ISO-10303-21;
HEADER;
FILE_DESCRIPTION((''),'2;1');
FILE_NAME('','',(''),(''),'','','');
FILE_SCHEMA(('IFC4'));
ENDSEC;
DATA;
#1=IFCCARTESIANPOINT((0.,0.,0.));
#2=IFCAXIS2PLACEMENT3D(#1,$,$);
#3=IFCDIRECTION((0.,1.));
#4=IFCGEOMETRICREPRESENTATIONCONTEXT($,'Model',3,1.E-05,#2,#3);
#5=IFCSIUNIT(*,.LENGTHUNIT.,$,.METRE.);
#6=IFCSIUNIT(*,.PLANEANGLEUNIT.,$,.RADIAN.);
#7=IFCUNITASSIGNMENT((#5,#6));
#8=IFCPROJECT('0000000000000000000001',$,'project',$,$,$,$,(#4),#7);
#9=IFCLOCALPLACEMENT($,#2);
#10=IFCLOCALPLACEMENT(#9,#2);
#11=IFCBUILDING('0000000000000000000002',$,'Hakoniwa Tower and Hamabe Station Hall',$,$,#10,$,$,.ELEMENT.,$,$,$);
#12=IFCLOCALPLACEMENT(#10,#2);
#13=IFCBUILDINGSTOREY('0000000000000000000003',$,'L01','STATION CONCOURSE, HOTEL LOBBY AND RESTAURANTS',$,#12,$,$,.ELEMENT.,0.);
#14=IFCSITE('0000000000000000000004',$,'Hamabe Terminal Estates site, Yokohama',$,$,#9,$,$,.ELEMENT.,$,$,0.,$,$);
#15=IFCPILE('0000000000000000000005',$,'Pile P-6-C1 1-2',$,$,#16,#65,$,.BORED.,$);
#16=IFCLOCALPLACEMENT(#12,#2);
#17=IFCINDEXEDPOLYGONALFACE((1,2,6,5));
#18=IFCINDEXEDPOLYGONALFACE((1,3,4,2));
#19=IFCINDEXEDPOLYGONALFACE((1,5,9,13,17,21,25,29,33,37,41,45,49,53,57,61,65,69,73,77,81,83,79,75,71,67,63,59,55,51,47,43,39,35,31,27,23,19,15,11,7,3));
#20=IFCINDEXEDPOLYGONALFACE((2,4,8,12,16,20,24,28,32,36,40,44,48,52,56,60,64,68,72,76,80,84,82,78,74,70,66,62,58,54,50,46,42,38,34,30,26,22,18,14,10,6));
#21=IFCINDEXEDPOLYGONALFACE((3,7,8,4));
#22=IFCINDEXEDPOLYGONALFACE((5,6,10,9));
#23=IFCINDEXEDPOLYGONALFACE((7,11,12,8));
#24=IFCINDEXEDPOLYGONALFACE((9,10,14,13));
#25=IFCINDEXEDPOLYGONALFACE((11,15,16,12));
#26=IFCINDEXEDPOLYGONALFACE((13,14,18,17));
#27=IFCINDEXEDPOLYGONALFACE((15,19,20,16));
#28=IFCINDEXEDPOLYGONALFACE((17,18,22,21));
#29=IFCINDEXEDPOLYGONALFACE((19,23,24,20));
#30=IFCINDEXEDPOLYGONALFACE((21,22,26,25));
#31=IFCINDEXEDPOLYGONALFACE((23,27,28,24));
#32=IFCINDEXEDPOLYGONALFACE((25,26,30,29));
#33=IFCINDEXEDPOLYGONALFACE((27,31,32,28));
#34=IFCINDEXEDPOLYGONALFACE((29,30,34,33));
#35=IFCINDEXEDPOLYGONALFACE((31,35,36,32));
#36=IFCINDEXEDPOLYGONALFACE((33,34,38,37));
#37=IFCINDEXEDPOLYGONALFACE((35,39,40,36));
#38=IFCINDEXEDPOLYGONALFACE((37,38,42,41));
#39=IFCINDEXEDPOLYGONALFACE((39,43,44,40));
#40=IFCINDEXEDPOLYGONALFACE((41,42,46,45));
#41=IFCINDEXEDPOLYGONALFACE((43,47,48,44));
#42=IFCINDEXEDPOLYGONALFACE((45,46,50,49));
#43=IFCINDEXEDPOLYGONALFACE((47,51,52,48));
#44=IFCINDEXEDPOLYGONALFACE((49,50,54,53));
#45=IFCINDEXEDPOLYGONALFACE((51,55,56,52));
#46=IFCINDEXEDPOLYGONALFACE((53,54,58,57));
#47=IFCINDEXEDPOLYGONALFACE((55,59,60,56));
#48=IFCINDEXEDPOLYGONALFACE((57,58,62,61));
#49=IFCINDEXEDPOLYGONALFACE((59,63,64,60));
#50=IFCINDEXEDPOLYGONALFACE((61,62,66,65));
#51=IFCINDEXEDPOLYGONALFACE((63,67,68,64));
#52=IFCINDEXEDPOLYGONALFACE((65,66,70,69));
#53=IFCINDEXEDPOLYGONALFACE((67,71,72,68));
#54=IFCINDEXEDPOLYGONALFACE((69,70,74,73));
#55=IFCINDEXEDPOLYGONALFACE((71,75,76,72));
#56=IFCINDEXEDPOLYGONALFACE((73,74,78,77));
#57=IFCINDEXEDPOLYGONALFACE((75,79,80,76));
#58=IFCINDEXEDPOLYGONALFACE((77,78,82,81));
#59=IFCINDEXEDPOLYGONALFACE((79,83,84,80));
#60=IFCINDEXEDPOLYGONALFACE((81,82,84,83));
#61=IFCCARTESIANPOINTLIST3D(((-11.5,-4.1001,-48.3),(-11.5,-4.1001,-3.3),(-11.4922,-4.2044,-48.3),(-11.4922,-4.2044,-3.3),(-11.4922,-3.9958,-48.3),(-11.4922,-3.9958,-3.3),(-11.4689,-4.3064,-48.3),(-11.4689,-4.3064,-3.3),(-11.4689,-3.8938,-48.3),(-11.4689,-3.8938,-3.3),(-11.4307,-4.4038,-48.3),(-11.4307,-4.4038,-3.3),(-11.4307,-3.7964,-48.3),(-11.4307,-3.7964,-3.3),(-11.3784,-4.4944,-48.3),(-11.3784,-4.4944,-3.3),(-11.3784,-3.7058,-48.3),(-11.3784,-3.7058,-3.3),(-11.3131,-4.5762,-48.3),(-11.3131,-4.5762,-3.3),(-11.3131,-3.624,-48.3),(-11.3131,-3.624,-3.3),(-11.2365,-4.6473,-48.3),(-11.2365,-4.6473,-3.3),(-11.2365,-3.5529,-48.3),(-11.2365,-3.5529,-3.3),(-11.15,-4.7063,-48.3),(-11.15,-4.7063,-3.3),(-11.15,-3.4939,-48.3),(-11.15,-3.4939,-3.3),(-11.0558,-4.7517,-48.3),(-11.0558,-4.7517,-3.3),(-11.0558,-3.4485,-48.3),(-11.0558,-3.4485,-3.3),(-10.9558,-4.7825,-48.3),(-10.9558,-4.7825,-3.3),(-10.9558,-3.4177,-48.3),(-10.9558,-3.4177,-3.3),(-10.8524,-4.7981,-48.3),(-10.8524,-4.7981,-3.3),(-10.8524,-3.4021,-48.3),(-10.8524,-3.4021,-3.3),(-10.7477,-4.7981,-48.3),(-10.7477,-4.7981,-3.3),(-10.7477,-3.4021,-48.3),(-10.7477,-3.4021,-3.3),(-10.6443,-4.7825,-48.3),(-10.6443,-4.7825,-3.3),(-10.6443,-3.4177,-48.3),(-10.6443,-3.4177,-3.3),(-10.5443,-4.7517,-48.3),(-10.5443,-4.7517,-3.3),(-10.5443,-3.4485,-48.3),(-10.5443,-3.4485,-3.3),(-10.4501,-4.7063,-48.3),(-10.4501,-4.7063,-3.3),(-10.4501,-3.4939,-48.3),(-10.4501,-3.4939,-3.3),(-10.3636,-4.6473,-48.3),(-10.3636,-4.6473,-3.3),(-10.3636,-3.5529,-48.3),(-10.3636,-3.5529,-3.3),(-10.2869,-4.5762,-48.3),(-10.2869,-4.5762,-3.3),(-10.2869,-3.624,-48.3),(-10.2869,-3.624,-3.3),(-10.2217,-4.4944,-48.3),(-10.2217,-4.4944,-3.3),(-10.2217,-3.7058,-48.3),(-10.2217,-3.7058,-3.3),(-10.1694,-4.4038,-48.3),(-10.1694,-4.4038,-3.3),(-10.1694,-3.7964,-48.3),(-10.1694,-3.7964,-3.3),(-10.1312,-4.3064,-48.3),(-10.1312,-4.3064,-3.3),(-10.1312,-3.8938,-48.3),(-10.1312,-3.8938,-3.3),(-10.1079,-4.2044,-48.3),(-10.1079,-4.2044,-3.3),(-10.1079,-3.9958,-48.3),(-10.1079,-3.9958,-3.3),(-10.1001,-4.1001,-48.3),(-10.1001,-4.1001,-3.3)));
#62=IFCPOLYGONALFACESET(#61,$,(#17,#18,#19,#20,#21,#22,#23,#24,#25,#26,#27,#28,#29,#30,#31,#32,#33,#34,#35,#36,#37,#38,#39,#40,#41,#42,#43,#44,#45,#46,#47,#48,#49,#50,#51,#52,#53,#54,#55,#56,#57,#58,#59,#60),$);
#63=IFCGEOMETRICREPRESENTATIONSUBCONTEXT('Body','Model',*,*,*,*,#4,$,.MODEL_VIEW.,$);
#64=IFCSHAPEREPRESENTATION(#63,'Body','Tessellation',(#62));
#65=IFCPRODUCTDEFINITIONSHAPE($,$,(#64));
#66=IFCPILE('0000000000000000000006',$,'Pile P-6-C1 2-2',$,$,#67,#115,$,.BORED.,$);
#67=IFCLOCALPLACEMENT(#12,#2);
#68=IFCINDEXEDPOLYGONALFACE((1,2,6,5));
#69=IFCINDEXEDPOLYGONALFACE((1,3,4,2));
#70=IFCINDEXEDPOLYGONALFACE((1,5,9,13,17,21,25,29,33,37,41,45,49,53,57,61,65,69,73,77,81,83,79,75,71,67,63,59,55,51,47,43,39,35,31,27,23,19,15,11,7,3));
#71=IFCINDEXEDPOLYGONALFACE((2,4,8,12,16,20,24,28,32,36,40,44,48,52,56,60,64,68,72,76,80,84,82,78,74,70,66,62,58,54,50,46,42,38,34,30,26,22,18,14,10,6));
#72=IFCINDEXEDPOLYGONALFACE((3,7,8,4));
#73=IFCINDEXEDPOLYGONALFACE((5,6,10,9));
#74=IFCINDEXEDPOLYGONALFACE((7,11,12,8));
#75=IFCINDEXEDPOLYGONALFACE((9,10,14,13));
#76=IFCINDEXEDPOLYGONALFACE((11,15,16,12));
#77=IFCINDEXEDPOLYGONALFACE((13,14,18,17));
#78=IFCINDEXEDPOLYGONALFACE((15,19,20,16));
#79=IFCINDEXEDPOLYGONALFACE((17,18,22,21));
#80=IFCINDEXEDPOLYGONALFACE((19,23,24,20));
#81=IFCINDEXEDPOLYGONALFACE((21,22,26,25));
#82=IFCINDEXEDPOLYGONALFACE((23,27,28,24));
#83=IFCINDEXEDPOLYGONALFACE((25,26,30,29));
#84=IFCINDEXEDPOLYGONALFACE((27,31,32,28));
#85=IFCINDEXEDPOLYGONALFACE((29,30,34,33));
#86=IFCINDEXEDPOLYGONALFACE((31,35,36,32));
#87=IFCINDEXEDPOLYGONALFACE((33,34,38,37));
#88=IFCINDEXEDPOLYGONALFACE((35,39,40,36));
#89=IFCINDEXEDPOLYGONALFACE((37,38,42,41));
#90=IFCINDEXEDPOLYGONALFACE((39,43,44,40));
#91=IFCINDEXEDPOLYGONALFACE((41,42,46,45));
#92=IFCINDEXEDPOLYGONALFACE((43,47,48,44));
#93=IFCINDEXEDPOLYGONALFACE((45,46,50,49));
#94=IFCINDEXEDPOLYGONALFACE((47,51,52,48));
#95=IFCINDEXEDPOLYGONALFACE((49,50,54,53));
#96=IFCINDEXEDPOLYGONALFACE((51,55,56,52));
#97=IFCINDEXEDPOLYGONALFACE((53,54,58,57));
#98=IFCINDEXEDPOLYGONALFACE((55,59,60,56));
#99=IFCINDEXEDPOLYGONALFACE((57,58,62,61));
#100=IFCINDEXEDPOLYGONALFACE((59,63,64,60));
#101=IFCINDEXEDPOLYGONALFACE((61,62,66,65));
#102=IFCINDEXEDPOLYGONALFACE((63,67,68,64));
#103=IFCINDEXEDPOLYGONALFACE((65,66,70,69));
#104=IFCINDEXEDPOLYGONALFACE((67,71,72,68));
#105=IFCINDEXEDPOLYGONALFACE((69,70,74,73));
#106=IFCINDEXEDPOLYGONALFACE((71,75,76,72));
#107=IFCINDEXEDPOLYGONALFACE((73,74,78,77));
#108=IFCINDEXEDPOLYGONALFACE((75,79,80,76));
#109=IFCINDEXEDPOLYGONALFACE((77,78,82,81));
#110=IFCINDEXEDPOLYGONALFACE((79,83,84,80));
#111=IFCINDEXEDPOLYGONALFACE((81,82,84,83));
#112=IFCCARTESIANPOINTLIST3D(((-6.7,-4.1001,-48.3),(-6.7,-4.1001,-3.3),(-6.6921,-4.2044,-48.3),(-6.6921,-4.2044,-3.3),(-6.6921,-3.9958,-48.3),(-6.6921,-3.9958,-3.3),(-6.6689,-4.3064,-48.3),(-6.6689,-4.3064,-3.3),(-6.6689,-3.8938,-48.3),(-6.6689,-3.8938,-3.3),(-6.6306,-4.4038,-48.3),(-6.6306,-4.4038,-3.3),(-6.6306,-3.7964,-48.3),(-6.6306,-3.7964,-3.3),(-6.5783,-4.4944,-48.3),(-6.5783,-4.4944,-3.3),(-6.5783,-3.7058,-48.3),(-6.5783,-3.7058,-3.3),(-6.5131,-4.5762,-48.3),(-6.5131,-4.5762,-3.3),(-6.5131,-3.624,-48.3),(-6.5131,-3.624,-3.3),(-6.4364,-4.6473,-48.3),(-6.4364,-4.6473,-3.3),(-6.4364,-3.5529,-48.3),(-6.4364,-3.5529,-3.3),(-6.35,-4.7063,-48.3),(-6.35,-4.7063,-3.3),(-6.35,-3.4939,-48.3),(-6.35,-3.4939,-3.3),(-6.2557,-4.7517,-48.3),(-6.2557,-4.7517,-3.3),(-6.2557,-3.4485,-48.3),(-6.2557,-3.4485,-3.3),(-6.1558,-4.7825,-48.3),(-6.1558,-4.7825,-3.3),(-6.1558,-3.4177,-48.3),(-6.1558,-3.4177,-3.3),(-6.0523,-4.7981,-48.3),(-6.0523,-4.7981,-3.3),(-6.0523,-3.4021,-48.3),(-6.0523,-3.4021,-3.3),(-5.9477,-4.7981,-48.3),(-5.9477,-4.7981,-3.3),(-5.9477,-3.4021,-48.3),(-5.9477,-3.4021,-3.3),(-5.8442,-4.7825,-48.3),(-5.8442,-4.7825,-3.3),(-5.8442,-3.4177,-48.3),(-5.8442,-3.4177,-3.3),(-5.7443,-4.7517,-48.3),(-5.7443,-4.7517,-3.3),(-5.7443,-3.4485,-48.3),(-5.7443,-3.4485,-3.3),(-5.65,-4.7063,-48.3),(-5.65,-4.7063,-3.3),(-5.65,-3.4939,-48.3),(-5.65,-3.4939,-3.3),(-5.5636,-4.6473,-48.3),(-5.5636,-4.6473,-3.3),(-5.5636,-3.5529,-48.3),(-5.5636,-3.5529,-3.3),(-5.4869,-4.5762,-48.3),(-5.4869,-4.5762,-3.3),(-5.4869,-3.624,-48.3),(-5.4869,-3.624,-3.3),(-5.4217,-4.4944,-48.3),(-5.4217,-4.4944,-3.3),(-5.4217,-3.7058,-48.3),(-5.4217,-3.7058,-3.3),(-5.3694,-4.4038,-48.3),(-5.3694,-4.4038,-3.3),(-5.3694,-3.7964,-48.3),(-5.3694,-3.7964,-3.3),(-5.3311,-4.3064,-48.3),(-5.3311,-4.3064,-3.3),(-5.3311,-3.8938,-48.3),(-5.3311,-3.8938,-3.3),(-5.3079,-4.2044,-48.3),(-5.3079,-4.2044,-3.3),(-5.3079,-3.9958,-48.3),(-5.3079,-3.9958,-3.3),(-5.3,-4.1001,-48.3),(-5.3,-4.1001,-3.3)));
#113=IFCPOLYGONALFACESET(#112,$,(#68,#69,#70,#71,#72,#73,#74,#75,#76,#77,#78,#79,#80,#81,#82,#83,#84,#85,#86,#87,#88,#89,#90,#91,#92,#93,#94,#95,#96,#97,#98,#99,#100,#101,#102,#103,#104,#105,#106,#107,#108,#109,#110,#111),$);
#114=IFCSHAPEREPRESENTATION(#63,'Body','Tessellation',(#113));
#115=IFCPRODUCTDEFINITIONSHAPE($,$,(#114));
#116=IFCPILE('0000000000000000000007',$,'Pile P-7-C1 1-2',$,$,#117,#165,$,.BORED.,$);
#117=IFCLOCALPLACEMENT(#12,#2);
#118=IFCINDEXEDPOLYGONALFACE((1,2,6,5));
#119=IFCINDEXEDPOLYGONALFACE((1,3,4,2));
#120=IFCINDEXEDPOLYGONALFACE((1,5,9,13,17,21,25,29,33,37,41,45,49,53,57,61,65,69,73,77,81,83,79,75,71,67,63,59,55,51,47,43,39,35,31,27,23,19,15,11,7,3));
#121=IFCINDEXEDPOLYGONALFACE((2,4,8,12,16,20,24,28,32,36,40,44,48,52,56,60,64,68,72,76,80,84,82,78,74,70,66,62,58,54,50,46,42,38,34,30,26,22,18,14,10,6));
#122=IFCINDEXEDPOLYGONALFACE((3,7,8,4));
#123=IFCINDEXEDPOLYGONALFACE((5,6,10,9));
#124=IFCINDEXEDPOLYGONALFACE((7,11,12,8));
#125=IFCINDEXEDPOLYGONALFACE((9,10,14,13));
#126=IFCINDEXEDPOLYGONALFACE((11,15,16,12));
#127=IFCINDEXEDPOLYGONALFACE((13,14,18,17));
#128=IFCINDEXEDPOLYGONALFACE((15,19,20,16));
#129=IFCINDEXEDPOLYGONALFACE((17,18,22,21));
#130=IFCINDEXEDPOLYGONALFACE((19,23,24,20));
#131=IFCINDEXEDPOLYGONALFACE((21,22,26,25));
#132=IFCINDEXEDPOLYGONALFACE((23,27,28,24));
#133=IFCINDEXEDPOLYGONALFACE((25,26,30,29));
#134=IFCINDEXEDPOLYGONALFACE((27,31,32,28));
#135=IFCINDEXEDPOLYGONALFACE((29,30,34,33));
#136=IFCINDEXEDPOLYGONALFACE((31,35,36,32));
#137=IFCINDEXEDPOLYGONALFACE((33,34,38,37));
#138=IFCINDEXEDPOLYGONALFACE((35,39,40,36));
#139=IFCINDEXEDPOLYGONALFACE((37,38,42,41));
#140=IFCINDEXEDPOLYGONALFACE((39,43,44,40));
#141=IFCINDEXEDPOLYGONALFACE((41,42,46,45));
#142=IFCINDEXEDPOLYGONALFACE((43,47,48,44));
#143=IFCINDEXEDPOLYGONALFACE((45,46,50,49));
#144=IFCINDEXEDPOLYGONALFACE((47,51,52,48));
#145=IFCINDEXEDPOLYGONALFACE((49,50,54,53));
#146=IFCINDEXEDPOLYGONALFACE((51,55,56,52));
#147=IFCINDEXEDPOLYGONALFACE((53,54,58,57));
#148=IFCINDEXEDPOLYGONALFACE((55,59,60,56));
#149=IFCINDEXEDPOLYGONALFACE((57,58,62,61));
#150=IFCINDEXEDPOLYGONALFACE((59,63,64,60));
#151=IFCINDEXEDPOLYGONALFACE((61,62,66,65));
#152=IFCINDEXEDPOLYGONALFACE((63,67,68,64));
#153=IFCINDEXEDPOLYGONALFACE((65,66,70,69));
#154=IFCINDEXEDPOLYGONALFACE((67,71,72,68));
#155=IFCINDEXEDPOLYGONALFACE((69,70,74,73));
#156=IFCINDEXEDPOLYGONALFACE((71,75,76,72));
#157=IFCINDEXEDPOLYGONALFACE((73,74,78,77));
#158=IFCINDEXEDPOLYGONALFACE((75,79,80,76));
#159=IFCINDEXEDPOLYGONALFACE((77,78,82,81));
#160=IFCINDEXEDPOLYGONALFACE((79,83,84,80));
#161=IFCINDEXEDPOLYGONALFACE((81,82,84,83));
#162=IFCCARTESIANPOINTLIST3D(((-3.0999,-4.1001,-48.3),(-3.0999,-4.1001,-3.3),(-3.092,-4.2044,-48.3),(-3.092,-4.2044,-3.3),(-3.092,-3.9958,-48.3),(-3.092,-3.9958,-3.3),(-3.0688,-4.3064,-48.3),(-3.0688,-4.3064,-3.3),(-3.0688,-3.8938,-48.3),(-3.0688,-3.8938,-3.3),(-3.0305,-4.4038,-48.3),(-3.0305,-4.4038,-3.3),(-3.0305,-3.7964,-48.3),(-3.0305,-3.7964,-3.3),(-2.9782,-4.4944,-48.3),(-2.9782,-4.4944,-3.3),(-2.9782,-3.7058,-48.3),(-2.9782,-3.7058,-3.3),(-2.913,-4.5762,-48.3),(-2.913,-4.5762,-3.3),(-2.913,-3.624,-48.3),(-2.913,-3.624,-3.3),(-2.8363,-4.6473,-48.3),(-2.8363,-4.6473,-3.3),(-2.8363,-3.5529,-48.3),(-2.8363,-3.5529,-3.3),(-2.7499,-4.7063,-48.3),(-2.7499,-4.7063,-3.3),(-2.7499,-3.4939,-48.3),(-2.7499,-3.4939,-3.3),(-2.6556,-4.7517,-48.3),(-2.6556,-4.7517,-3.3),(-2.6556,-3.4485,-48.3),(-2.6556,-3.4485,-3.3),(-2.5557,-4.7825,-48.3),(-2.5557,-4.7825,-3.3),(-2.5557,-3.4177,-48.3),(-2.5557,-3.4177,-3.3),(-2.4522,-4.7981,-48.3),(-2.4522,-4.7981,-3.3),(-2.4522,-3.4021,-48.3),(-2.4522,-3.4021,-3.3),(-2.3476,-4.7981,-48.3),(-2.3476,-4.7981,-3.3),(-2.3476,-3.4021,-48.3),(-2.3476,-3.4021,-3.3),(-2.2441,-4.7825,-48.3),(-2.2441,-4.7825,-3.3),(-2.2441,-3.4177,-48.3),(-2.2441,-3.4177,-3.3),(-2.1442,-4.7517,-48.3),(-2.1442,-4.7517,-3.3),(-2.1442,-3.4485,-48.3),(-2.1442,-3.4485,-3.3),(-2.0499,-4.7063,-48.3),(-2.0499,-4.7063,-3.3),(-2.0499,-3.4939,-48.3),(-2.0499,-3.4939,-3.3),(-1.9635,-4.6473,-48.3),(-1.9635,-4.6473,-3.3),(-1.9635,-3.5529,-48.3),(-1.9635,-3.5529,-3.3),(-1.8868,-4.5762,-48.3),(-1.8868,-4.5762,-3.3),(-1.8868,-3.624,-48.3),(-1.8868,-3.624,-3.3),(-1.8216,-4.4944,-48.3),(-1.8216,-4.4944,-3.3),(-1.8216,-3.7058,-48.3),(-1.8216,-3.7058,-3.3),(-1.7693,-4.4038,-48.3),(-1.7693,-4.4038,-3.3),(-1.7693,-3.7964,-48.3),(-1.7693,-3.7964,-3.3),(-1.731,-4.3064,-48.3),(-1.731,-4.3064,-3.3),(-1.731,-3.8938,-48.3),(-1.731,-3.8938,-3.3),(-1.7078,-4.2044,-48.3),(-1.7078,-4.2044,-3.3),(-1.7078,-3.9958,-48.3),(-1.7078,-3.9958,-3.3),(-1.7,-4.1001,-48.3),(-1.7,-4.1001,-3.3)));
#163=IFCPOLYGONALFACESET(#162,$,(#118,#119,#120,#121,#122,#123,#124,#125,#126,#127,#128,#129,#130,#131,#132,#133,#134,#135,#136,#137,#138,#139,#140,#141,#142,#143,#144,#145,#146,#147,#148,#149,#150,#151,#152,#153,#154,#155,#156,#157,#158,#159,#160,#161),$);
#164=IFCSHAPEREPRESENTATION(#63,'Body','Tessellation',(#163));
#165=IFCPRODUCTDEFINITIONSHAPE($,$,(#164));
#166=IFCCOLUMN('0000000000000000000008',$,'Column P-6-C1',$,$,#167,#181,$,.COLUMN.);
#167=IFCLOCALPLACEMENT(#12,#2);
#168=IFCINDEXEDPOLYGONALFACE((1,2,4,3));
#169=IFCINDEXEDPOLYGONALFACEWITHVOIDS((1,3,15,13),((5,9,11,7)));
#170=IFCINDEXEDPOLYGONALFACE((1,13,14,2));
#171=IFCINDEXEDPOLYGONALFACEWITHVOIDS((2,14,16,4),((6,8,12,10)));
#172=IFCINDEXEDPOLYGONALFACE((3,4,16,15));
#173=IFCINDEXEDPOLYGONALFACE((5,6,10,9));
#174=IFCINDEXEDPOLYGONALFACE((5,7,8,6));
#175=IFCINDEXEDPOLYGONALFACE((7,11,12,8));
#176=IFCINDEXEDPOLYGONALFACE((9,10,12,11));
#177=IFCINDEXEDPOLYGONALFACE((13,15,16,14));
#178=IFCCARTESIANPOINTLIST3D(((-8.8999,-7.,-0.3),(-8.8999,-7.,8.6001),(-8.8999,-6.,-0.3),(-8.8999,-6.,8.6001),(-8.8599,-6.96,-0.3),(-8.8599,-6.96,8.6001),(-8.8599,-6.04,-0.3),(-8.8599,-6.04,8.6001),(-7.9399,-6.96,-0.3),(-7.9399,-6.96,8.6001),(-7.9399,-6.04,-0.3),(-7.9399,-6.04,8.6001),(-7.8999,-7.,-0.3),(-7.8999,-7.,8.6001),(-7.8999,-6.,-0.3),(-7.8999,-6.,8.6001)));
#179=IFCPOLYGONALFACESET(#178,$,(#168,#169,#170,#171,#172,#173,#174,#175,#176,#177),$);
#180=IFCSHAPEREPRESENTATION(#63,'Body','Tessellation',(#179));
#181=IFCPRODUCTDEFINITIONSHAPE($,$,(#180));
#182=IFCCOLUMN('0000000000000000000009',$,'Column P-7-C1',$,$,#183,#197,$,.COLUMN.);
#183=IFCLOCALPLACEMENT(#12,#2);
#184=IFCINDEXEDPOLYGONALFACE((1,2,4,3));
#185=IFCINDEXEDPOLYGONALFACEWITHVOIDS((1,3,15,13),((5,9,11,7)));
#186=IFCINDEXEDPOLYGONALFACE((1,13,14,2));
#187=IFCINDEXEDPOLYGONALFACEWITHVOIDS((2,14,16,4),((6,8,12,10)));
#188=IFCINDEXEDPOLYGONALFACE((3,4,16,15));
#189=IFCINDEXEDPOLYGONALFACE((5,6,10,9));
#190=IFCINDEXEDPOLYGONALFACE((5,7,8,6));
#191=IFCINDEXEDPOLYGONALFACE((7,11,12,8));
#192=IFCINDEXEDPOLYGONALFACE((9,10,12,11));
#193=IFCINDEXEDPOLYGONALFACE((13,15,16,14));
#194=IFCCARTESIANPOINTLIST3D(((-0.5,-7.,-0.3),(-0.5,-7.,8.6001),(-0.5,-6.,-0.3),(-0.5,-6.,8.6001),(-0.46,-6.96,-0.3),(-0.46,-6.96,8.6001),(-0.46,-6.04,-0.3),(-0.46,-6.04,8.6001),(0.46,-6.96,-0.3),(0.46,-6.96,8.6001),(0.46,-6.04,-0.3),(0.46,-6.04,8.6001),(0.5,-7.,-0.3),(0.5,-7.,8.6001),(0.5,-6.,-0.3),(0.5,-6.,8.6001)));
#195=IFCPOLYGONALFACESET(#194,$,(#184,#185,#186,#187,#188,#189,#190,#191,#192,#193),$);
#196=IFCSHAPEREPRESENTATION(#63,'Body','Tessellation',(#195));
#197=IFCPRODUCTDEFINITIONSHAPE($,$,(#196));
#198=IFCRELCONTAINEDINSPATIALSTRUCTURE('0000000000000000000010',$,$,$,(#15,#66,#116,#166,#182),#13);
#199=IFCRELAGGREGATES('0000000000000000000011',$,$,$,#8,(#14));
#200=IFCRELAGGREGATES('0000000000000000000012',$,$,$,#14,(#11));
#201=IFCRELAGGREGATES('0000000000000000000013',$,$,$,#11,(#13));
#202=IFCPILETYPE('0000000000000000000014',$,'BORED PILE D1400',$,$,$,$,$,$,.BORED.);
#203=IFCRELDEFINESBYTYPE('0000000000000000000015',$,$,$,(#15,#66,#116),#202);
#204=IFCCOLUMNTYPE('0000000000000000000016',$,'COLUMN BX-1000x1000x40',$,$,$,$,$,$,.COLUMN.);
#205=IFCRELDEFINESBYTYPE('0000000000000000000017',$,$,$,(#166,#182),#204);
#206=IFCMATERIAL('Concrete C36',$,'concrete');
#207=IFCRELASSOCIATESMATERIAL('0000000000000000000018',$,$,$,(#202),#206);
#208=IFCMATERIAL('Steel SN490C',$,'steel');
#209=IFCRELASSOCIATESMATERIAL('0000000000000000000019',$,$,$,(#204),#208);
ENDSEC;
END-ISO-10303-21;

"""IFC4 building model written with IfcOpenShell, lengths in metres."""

from ifc_helpers import new_model, si_unit, direction, frame, origin, origin_2d, place, context, subcontext, project, spatial, hollow_rectangle, circle, extrude, material, material_profile, profile_set, type_object, element, save


model = new_model("IFC4")

# Units and contexts
model_context = context("Model", 3, precision=1e-05, world=origin(), true_north=direction((0.0, 1.0)))
body_context = subcontext(model_context, "Body", "Model", "MODEL_VIEW")
ifc_project = project(units=[si_unit("LENGTHUNIT", "METRE"), si_unit("PLANEANGLEUNIT", "RADIAN")], contexts=[model_context])

# Site, building, storey
site_placement = place(None, origin())
site = spatial("IfcSite", under=ifc_project, at=site_placement, Name="Hamabe Terminal Estates site, Yokohama", CompositionType="ELEMENT", RefElevation=0.0)
building_placement = place(site_placement, origin())
building = spatial("IfcBuilding", under=site, at=building_placement, Name="Hakoniwa Tower and Hamabe Station Hall", CompositionType="ELEMENT")
storey_placement = place(building_placement, origin())
storey = spatial("IfcBuildingStorey", under=building, at=storey_placement, Name="L01", Description="STATION CONCOURSE, HOTEL LOBBY AND RESTAURANTS", CompositionType="ELEMENT", Elevation=0.0)

# Piles
ifc_material_1 = material(Name="Concrete C36", Category="concrete")
ifc_material_profile_1 = material_profile(ifc_material_1, circle(Radius=0.7, at=origin_2d()), Name="BORED PILE D1400")
ifc_profile_set_1 = profile_set([ifc_material_profile_1], Name="Concrete C36")
pile_type = type_object("IfcPileType", Name="BORED PILE D1400", PredefinedType="BORED", material=ifc_profile_set_1)
for number, where, z_axis, x_axis, name in (
    (1, (-10.8, -4.1001, -3.3), (0.0, 0.0, -1.0), (1.0, 0.0, 0.0), "Pile P-6-C1 1-2"),
    (2, (-6.0, -4.1001, -3.3), (0.0, 0.0, -1.0), (1.0, 0.0, 0.0), "Pile P-6-C1 2-2"),
    (3, (-2.3999, -4.1001, -3.3), (0.0, 0.0, -1.0), (1.0, 0.0, 0.0), "Pile P-7-C1 1-2"),
):
    element("IfcPile", number, at=place(storey_placement, frame(where, z_axis=z_axis, x_axis=x_axis)), inside=storey, type_object=pile_type, Name=name, PredefinedType="BORED", context=body_context, shape_type="SweptSolid", body=[
        extrude(circle(Radius=0.7, at=origin_2d()), origin(), (0.0, 0.0, 1.0), 45.0),
    ])

# Columns
ifc_material_2 = material(Name="Steel SN490C", Category="steel")
ifc_material_profile_2 = material_profile(ifc_material_2, hollow_rectangle(XDim=1.0, YDim=1.0, WallThickness=0.04, at=origin_2d()), Name="BX-1000x1000x40")
ifc_profile_set_2 = profile_set([ifc_material_profile_2], Name="Steel SN490C")
column_type = type_object("IfcColumnType", Name="COLUMN BX-1000x1000x40", PredefinedType="COLUMN", material=ifc_profile_set_2)
for number, where, z_axis, x_axis, name in (
    (4, (-8.3999, -6.5, -0.3), (0.0, 0.0, 1.0), (1.0, 0.0, 0.0), "Column P-6-C1"),
    (5, (0.0, -6.5, -0.3), (0.0, 0.0, 1.0), (1.0, 0.0, 0.0), "Column P-7-C1"),
):
    element("IfcColumn", number, at=place(storey_placement, frame(where, z_axis=z_axis, x_axis=x_axis)), inside=storey, type_object=column_type, Name=name, PredefinedType="COLUMN", context=body_context, shape_type="SweptSolid", body=[
        extrude(hollow_rectangle(XDim=1.0, YDim=1.0, WallThickness=0.04, at=origin_2d()), origin(), (0.0, 0.0, 1.0), 8.9001),
    ])

save(model, "model.ifc")
